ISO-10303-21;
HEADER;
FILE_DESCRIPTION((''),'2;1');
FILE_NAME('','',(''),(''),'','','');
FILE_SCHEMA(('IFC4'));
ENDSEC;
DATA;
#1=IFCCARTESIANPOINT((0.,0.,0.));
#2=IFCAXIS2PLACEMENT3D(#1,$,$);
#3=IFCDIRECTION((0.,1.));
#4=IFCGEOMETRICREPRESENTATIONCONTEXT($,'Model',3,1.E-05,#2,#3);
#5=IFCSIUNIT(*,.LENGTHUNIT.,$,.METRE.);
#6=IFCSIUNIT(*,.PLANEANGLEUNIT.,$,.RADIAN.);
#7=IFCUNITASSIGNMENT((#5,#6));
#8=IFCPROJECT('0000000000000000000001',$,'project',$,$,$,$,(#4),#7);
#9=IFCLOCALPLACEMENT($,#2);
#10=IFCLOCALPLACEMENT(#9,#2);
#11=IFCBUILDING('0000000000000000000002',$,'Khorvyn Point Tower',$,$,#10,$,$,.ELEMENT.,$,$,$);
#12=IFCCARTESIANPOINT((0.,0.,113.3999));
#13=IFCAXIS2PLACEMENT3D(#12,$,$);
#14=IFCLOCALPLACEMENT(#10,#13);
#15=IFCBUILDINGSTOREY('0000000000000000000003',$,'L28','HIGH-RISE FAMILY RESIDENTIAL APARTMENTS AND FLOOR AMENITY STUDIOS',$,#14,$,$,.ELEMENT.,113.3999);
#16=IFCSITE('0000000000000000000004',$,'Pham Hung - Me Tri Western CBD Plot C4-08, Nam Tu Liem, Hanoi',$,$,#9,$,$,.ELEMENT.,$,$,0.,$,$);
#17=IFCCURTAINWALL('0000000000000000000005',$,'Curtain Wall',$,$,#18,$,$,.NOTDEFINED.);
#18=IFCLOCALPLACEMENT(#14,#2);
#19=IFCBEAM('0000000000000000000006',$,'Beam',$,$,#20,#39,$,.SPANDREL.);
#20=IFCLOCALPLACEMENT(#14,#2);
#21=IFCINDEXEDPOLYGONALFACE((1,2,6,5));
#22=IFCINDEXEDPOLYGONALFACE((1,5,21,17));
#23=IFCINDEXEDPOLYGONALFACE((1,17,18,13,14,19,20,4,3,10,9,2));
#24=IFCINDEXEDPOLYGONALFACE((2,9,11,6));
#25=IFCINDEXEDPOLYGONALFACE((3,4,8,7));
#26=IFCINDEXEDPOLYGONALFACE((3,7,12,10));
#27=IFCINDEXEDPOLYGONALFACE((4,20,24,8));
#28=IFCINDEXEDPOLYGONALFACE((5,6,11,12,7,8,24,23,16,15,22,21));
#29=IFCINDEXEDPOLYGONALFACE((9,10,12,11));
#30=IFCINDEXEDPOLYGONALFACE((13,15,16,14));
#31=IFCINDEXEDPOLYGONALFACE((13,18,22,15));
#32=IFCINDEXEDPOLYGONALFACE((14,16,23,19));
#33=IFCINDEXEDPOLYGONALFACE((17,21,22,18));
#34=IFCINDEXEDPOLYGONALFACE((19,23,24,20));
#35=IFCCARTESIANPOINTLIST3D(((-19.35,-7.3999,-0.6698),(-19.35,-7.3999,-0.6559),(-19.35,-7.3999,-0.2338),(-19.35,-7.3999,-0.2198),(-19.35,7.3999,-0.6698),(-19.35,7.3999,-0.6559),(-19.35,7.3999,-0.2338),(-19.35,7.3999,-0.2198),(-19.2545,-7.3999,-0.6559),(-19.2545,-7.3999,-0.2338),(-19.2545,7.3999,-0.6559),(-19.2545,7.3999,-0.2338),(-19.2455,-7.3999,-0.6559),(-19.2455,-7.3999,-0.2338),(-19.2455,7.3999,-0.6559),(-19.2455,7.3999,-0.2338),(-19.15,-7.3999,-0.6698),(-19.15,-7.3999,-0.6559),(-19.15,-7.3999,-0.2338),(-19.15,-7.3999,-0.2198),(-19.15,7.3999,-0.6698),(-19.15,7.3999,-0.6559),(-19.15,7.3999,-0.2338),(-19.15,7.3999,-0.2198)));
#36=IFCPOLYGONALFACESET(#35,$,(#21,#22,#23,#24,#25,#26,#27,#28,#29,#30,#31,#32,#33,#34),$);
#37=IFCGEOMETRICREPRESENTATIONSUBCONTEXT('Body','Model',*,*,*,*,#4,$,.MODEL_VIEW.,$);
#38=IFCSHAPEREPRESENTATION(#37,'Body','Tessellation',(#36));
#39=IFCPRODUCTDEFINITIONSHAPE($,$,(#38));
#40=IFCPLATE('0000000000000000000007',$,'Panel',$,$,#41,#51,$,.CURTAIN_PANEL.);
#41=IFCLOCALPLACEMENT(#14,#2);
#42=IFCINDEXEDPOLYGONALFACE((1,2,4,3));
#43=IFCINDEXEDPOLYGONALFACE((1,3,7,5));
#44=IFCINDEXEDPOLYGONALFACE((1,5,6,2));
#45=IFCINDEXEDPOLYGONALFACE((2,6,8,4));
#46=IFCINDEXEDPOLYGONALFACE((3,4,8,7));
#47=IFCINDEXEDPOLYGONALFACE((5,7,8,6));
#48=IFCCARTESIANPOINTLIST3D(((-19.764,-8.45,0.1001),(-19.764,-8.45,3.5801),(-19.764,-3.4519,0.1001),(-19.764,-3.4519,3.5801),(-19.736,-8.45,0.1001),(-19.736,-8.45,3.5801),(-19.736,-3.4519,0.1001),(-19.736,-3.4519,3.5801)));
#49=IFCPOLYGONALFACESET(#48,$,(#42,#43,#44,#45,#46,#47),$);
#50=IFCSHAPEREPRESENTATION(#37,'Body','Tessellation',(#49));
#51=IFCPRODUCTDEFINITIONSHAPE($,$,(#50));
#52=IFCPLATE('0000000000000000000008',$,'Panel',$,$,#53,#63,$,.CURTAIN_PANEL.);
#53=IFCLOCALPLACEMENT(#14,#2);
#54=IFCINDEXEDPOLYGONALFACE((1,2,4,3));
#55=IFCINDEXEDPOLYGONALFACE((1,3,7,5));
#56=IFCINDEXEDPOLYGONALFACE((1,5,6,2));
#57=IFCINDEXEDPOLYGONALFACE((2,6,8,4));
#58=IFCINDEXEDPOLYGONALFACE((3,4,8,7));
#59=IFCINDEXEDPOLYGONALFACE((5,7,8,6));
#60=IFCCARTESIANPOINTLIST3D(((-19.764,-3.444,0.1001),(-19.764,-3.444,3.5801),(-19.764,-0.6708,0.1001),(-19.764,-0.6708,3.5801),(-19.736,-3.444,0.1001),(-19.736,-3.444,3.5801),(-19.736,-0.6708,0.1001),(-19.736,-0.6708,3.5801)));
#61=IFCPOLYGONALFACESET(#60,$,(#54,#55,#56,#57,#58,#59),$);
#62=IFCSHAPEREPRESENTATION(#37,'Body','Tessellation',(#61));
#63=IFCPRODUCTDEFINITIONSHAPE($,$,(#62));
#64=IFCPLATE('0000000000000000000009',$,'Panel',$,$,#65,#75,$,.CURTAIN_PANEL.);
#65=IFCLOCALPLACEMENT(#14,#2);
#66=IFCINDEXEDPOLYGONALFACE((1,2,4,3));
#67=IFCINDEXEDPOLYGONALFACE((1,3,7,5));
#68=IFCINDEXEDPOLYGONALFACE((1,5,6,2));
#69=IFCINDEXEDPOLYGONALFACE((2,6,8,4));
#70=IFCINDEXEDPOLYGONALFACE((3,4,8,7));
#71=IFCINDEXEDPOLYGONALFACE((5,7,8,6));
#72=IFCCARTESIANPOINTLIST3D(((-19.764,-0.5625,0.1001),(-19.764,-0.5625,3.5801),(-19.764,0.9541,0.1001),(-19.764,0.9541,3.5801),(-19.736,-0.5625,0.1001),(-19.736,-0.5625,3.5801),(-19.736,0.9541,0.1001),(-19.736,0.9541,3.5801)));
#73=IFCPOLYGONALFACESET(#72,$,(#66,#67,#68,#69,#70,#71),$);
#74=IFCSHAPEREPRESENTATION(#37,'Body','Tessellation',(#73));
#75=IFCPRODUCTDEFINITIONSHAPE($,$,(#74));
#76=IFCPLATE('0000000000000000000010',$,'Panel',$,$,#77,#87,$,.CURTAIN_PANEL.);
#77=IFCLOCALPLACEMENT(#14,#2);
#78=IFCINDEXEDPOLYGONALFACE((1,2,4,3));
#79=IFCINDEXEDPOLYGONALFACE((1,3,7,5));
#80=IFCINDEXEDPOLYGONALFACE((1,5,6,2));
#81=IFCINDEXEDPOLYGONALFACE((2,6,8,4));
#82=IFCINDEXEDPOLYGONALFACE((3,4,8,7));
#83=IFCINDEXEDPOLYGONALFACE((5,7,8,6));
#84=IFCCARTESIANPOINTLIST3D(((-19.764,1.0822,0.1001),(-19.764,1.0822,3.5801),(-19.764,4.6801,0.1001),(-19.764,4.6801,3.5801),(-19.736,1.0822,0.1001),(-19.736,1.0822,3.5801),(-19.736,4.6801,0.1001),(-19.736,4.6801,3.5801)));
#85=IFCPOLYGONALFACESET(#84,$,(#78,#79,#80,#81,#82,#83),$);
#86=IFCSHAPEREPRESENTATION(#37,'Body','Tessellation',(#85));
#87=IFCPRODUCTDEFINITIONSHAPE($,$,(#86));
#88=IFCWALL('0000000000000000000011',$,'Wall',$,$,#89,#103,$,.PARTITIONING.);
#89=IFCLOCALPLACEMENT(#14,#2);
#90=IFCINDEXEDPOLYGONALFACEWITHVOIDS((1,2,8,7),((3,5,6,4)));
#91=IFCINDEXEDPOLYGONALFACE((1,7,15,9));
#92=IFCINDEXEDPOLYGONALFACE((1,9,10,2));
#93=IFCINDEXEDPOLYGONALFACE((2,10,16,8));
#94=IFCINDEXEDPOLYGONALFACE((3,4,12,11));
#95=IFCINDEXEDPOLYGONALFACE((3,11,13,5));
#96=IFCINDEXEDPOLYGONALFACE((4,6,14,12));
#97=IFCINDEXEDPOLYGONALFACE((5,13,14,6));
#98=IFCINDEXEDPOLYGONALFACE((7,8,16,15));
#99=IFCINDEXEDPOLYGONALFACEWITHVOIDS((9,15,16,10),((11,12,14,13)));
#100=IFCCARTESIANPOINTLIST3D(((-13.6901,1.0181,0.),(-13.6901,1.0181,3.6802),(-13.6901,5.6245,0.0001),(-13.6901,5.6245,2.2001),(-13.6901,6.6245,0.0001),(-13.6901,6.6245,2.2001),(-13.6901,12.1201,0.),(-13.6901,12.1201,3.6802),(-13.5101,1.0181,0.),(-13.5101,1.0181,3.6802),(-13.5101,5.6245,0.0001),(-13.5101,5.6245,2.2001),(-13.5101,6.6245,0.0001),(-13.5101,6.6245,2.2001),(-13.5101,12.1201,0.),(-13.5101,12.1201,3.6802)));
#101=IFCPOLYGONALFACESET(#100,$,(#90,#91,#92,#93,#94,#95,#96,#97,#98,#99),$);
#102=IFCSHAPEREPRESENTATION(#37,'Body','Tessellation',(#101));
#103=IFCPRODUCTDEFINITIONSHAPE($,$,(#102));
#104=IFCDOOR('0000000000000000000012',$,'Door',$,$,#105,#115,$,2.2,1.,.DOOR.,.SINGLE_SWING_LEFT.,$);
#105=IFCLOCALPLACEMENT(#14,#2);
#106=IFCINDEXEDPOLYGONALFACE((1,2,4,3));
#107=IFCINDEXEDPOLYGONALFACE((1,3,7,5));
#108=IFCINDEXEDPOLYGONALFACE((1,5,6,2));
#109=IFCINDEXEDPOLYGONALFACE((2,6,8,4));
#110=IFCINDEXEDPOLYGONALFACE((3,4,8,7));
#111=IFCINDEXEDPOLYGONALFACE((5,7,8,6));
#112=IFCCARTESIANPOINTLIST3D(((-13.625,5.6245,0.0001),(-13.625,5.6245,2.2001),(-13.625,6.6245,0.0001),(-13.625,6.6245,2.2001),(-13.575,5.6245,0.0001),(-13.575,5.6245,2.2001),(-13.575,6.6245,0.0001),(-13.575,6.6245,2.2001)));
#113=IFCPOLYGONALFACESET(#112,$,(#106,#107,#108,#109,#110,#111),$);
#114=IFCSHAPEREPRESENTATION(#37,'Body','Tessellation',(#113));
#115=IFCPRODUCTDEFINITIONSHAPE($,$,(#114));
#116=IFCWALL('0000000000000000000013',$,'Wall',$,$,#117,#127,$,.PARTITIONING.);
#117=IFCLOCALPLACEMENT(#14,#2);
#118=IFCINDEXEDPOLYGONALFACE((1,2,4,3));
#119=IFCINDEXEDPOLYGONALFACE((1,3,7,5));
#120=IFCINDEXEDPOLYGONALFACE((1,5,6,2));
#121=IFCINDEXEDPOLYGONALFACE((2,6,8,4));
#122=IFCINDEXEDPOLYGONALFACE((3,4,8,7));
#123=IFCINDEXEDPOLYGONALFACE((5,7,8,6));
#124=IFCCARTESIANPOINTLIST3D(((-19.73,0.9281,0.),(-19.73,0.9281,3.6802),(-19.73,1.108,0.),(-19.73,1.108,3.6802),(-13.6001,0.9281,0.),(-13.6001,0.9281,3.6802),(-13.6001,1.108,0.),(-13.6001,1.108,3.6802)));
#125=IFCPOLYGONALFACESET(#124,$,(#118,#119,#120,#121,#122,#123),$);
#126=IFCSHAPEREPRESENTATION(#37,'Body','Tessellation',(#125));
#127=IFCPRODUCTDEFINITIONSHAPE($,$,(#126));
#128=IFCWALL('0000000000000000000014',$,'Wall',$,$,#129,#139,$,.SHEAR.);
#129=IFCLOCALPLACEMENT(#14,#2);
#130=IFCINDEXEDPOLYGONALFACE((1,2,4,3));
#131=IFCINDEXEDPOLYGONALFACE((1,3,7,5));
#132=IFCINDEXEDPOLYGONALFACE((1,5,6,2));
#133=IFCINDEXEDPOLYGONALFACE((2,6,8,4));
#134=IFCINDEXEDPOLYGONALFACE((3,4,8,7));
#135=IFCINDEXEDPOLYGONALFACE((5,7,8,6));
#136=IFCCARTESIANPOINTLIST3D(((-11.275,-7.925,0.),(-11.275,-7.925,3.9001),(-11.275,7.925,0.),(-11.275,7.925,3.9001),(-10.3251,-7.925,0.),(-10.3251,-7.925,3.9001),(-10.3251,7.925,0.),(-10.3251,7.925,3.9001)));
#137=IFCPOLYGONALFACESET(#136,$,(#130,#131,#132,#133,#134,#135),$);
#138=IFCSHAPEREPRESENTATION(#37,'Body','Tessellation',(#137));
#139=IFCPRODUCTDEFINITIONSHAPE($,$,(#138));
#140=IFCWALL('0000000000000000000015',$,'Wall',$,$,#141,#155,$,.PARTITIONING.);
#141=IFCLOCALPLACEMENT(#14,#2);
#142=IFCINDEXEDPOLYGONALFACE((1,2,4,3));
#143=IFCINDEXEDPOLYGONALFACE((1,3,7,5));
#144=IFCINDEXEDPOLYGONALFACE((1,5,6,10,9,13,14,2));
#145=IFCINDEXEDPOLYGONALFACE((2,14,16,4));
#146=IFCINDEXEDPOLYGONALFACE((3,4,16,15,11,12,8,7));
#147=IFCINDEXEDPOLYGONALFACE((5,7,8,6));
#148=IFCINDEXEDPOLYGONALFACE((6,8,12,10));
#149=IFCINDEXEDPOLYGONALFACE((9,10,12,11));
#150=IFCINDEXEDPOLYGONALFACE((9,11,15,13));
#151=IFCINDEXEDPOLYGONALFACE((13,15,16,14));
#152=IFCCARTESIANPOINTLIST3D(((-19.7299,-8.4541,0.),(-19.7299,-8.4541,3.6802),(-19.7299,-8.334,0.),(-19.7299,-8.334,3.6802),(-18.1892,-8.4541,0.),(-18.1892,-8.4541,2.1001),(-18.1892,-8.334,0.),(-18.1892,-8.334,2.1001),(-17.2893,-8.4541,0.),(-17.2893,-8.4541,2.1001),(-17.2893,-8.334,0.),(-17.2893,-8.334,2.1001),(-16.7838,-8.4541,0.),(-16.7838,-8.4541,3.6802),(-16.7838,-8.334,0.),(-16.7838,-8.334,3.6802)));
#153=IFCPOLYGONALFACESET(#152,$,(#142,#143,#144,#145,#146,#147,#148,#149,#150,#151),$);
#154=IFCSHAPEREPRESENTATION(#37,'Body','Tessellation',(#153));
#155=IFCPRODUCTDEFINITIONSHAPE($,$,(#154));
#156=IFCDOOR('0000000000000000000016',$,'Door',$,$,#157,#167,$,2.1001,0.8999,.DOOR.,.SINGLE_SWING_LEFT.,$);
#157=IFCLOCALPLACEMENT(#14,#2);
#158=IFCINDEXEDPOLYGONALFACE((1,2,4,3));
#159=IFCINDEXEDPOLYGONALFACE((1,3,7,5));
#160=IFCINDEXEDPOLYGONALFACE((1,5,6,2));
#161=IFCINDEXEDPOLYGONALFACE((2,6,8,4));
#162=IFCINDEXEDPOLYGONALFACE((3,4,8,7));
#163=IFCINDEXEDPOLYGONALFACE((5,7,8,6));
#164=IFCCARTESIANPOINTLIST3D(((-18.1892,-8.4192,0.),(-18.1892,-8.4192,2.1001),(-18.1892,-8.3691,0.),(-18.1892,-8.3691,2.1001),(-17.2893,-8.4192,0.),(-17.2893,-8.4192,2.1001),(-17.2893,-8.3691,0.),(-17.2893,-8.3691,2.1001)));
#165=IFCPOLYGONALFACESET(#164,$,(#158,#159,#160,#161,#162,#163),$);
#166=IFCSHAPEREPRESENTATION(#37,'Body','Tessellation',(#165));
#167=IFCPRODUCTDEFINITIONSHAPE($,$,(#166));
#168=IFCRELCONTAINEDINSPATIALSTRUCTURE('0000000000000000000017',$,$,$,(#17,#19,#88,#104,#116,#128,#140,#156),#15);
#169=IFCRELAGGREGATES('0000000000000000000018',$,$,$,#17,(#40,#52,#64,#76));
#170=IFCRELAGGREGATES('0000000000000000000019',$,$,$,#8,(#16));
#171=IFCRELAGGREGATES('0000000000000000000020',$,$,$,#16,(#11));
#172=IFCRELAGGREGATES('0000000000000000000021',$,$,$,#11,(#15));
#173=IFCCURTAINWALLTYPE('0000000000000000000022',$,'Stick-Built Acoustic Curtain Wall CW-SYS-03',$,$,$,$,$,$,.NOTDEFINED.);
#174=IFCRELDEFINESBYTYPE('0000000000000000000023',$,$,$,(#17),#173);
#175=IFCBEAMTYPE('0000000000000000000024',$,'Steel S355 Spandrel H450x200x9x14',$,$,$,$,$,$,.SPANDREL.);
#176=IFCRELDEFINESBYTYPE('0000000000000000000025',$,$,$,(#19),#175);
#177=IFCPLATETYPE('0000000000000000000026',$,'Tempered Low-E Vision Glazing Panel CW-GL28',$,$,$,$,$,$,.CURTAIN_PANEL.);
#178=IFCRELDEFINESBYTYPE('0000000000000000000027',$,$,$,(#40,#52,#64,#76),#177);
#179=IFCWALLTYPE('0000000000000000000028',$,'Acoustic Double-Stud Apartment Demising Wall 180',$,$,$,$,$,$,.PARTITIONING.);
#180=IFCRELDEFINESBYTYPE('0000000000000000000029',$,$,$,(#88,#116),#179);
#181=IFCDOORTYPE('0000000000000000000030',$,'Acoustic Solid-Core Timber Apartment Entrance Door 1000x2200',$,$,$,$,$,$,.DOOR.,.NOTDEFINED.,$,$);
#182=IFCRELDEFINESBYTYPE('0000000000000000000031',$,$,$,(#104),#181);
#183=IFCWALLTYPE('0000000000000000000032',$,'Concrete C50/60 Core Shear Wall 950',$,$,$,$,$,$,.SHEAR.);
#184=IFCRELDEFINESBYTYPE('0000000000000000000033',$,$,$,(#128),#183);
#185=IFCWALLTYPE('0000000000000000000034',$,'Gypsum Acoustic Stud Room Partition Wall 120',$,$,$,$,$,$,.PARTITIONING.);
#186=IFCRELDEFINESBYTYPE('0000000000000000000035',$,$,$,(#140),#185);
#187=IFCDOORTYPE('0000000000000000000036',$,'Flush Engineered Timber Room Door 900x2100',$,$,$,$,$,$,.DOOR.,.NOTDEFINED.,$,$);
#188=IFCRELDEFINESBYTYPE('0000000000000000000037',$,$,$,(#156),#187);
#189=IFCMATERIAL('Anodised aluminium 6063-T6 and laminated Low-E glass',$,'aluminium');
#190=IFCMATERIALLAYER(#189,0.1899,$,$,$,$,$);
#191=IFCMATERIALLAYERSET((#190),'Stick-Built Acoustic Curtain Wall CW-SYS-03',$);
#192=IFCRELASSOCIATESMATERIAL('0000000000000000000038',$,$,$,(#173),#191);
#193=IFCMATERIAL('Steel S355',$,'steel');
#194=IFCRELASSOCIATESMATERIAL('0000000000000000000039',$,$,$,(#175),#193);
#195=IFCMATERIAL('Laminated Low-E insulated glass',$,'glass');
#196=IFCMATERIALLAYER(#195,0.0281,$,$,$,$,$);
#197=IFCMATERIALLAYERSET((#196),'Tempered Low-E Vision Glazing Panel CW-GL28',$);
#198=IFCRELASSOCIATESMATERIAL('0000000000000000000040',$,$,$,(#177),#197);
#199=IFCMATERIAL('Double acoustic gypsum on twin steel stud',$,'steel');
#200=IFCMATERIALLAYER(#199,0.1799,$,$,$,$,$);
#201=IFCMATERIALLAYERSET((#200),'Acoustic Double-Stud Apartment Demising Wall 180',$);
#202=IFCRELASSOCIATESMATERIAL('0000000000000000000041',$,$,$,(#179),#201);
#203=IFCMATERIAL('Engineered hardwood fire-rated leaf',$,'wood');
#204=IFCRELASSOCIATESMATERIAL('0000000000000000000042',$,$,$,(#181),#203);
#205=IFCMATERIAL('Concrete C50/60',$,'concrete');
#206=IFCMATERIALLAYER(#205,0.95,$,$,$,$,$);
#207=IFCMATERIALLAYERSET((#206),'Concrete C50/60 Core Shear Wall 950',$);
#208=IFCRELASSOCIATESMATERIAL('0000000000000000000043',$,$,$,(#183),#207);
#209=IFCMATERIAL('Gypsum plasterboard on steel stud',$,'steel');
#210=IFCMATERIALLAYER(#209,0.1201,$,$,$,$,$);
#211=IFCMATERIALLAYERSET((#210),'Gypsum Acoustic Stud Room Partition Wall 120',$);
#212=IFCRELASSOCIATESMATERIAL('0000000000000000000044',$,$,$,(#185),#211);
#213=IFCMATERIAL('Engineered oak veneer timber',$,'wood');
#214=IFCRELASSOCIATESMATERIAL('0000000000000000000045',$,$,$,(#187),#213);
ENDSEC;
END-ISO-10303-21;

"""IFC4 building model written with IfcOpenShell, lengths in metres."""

from ifc_helpers import new_model, si_unit, direction, frame, frame_2d, origin, origin_2d, place, context, subcontext, project, spatial, rectangle, i_section, extrude, material, layer, layer_set, material_profile, profile_set, type_object, element, fill, aggregate, save


model = new_model("IFC4")

# Units and contexts
model_context = context("Model", 3, precision=1e-05, world=origin(), true_north=direction((0.0, 1.0)))
body_context = subcontext(model_context, "Body", "Model", "MODEL_VIEW")
ifc_project = project(units=[si_unit("LENGTHUNIT", "METRE"), si_unit("PLANEANGLEUNIT", "RADIAN")], contexts=[model_context])

# Site, building, storey
site_placement = place(None, origin())
site = spatial("IfcSite", under=ifc_project, at=site_placement, Name="Pham Hung - Me Tri Western CBD Plot C4-08, Nam Tu Liem, Hanoi", CompositionType="ELEMENT", RefElevation=0.0)
building_placement = place(site_placement, origin())
building = spatial("IfcBuilding", under=site, at=building_placement, Name="Khorvyn Point Tower", CompositionType="ELEMENT")
storey_placement = place(building_placement, frame((0.0, 0.0, 113.3999)))
storey = spatial("IfcBuildingStorey", under=building, at=storey_placement, Name="L28", Description="HIGH-RISE FAMILY RESIDENTIAL APARTMENTS AND FLOOR AMENITY STUDIOS", CompositionType="ELEMENT", Elevation=113.3999)

# Shared definitions
ifc_material_1 = material(Name="Concrete C50/60", Category="concrete")

# Curtain wall
ifc_material_2 = material(Name="Anodised aluminium 6063-T6 and laminated Low-E glass", Category="aluminium")
ifc_layer_1 = layer(ifc_material_2, 0.1899)
ifc_layer_set_1 = layer_set([ifc_layer_1], Name="Stick-Built Acoustic Curtain Wall CW-SYS-03")
curtain_wall_type = type_object("IfcCurtainWallType", Name="Stick-Built Acoustic Curtain Wall CW-SYS-03", PredefinedType="NOTDEFINED", material=ifc_layer_set_1)
curtain_wall_placement = place(storey_placement, origin())
curtain_wall = element("IfcCurtainWall", 1, at=curtain_wall_placement, inside=storey, type_object=curtain_wall_type, Name="Curtain Wall", PredefinedType="NOTDEFINED")

# Beam
ifc_material_3 = material(Name="Steel S355", Category="steel")
ifc_material_profile_1 = material_profile(ifc_material_3, i_section(OverallWidth=0.2, OverallDepth=0.45, WebThickness=0.009, FlangeThickness=0.0139, at=origin_2d()))
ifc_profile_set_1 = profile_set([ifc_material_profile_1], Name="Steel S355 H450x200x9x14")
beam_type_1 = type_object("IfcBeamType", Name="Steel S355 Spandrel H450x200x9x14", PredefinedType="SPANDREL", material=ifc_profile_set_1)
beam_1_placement = place(storey_placement, frame((-19.25, -7.3999, -0.4448), z_axis=(0.0, 1.0, 0.0), x_axis=(-1.0, 0.0, 0.0)))
element("IfcBeam", 2, at=beam_1_placement, inside=storey, type_object=beam_type_1, Name="Beam", PredefinedType="SPANDREL", context=body_context, shape_type="SweptSolid", body=[
    extrude(i_section(OverallWidth=0.2, OverallDepth=0.45, WebThickness=0.009, FlangeThickness=0.0139, at=origin_2d()), origin(), (0.0, 0.0, 1.0), 14.7998),
])

# Plates
ifc_material_4 = material(Name="Laminated Low-E insulated glass", Category="glass")
ifc_layer_2 = layer(ifc_material_4, 0.0281)
ifc_layer_set_2 = layer_set([ifc_layer_2], Name="Tempered Low-E Vision Glazing Panel CW-GL28")
plate_type = type_object("IfcPlateType", Name="Tempered Low-E Vision Glazing Panel CW-GL28", PredefinedType="CURTAIN_PANEL", material=ifc_layer_set_2)
plate_1_placement = place(storey_placement, frame((-19.75, -5.9509, 0.1001), z_axis=(0.0, 0.0, 1.0), x_axis=(0.0, 1.0, 0.0)))
plate_1 = element("IfcPlate", 3, at=plate_1_placement, type_object=plate_type, Name="Panel", PredefinedType="CURTAIN_PANEL", context=body_context, shape_type="SweptSolid", body=[
    extrude(rectangle(XDim=4.998, YDim=0.0281, at=origin_2d()), origin(), (0.0, 0.0, 1.0), 3.48),
])
plate_2_placement = place(storey_placement, frame((-19.75, -2.0574, 0.1001), z_axis=(0.0, 0.0, 1.0), x_axis=(0.0, 1.0, 0.0)))
plate_2 = element("IfcPlate", 4, at=plate_2_placement, type_object=plate_type, Name="Panel", PredefinedType="CURTAIN_PANEL", context=body_context, shape_type="SweptSolid", body=[
    extrude(rectangle(XDim=2.7732, YDim=0.0281, at=origin_2d()), origin(), (0.0, 0.0, 1.0), 3.48),
])
plate_3_placement = place(storey_placement, frame((-19.75, 0.1958, 0.1001), z_axis=(0.0, 0.0, 1.0), x_axis=(0.0, 1.0, 0.0)))
plate_3 = element("IfcPlate", 5, at=plate_3_placement, type_object=plate_type, Name="Panel", PredefinedType="CURTAIN_PANEL", context=body_context, shape_type="SweptSolid", body=[
    extrude(rectangle(XDim=1.5166, YDim=0.0281, at=origin_2d()), origin(), (0.0, 0.0, 1.0), 3.48),
])
plate_4_placement = place(storey_placement, frame((-19.75, 2.8811, 0.1001), z_axis=(0.0, 0.0, 1.0), x_axis=(0.0, 1.0, 0.0)))
plate_4 = element("IfcPlate", 6, at=plate_4_placement, type_object=plate_type, Name="Panel", PredefinedType="CURTAIN_PANEL", context=body_context, shape_type="SweptSolid", body=[
    extrude(rectangle(XDim=3.5979, YDim=0.0281, at=origin_2d()), origin(), (0.0, 0.0, 1.0), 3.48),
])
aggregate(curtain_wall, [plate_1, plate_2, plate_3, plate_4])

# Wall, opening, door
ifc_material_5 = material(Name="Double acoustic gypsum on twin steel stud", Category="steel")
ifc_layer_3 = layer(ifc_material_5, 0.1799)
ifc_layer_set_3 = layer_set([ifc_layer_3], Name="Acoustic Double-Stud Apartment Demising Wall 180")
wall_type_1 = type_object("IfcWallType", Name="Acoustic Double-Stud Apartment Demising Wall 180", PredefinedType="PARTITIONING", material=ifc_layer_set_3)
wall_1_placement = place(storey_placement, frame((-13.6001, 1.0181, 0.0), z_axis=(0.0, 0.0, 1.0), x_axis=(0.0, 1.0, 0.0)))
wall_1 = element("IfcWall", 7, at=wall_1_placement, inside=storey, type_object=wall_type_1, Name="Wall", PredefinedType="PARTITIONING", context=body_context, shape_type="SweptSolid", body=[
    extrude(rectangle(XDim=11.1021, YDim=0.1799, at=frame_2d((5.551, 0.0))), origin(), (0.0, 0.0, 1.0), 3.6802),
])
opening_1_placement = place(wall_1_placement, frame((4.6064, 0.0, 0.0)))
opening_1 = element("IfcOpeningElement", 8, at=opening_1_placement, cuts=wall_1, PredefinedType="OPENING", context=body_context, shape_type="SweptSolid", body=[
    extrude(rectangle(XDim=1.0, YDim=2.2, at=frame_2d((0.5, 1.1001))), frame((0.0, 0.0999, 0.0), z_axis=(0.0, -1.0, 0.0), x_axis=(1.0, 0.0, 0.0)), (0.0, 0.0, 1.0), 0.2),
])
ifc_material_6 = material(Name="Engineered hardwood fire-rated leaf", Category="wood")
door_type_1 = type_object("IfcDoorType", Name="Acoustic Solid-Core Timber Apartment Entrance Door 1000x2200", OperationType="NOTDEFINED", PredefinedType="DOOR", material=ifc_material_6)
door_1_placement = place(opening_1_placement, origin())
door_1 = element("IfcDoor", 9, at=door_1_placement, inside=storey, type_object=door_type_1, Name="Door", OperationType="SINGLE_SWING_LEFT", OverallHeight=2.2, OverallWidth=1.0, PredefinedType="DOOR", context=body_context, shape_type="SweptSolid", body=[
    extrude(rectangle(XDim=1.0, YDim=2.2, at=frame_2d((0.5, 1.1001))), frame((0.0, 0.0249, 0.0), z_axis=(0.0, -1.0, 0.0), x_axis=(1.0, 0.0, 0.0)), (0.0, 0.0, 1.0), 0.05),
])
fill(opening_1, door_1)

# Walls
wall_2_placement = place(storey_placement, frame((-19.73, 1.0181, 0.0), z_axis=(0.0, 0.0, 1.0), x_axis=(1.0, 0.0, 0.0)))
element("IfcWall", 10, at=wall_2_placement, inside=storey, type_object=wall_type_1, Name="Wall", PredefinedType="PARTITIONING", context=body_context, shape_type="SweptSolid", body=[
    extrude(rectangle(XDim=6.1299, YDim=0.1799, at=frame_2d((3.0649, 0.0))), origin(), (0.0, 0.0, 1.0), 3.6802),
])
ifc_layer_4 = layer(ifc_material_1, 0.95)
ifc_layer_set_4 = layer_set([ifc_layer_4], Name="Concrete C50/60 Core Shear Wall 950")
wall_type_2 = type_object("IfcWallType", Name="Concrete C50/60 Core Shear Wall 950", PredefinedType="SHEAR", material=ifc_layer_set_4)
wall_3_placement = place(storey_placement, frame((-10.8, -7.925, 0.0), z_axis=(0.0, 0.0, 1.0), x_axis=(0.0, 1.0, 0.0)))
element("IfcWall", 11, at=wall_3_placement, inside=storey, type_object=wall_type_2, Name="Wall", PredefinedType="SHEAR", context=body_context, shape_type="SweptSolid", body=[
    extrude(rectangle(XDim=15.8501, YDim=0.95, at=frame_2d((7.925, 0.0))), origin(), (0.0, 0.0, 1.0), 3.9001),
])

# Wall, opening, door
ifc_material_7 = material(Name="Gypsum plasterboard on steel stud", Category="steel")
ifc_layer_5 = layer(ifc_material_7, 0.1201)
ifc_layer_set_5 = layer_set([ifc_layer_5], Name="Gypsum Acoustic Stud Room Partition Wall 120")
wall_type_3 = type_object("IfcWallType", Name="Gypsum Acoustic Stud Room Partition Wall 120", PredefinedType="PARTITIONING", material=ifc_layer_set_5)
wall_4_placement = place(storey_placement, frame((-19.73, -8.394, 0.0), z_axis=(0.0, 0.0, 1.0), x_axis=(1.0, 0.0, 0.0)))
wall_4 = element("IfcWall", 12, at=wall_4_placement, inside=storey, type_object=wall_type_3, Name="Wall", PredefinedType="PARTITIONING", context=body_context, shape_type="SweptSolid", body=[
    extrude(rectangle(XDim=2.946, YDim=0.1201, at=frame_2d((1.4731, 0.0))), origin(), (0.0, 0.0, 1.0), 3.6802),
])
opening_2_placement = place(wall_4_placement, frame((1.5408, 0.0, 0.0)))
opening_2 = element("IfcOpeningElement", 13, at=opening_2_placement, cuts=wall_4, PredefinedType="OPENING", context=body_context, shape_type="SweptSolid", body=[
    extrude(rectangle(XDim=0.8999, YDim=2.1001, at=frame_2d((0.45, 1.05))), frame((0.0, 0.0701, 0.0), z_axis=(0.0, -1.0, 0.0), x_axis=(1.0, 0.0, 0.0)), (0.0, 0.0, 1.0), 0.1401),
])
ifc_material_8 = material(Name="Engineered oak veneer timber", Category="wood")
door_type_2 = type_object("IfcDoorType", Name="Flush Engineered Timber Room Door 900x2100", OperationType="NOTDEFINED", PredefinedType="DOOR", material=ifc_material_8)
door_2_placement = place(opening_2_placement, origin())
door_2 = element("IfcDoor", 14, at=door_2_placement, inside=storey, type_object=door_type_2, Name="Door", OperationType="SINGLE_SWING_LEFT", OverallHeight=2.1001, OverallWidth=0.8999, PredefinedType="DOOR", context=body_context, shape_type="SweptSolid", body=[
    extrude(rectangle(XDim=0.8999, YDim=2.1001, at=frame_2d((0.45, 1.05))), frame((0.0, 0.0249, 0.0), z_axis=(0.0, -1.0, 0.0), x_axis=(1.0, 0.0, 0.0)), (0.0, 0.0, 1.0), 0.05),
])
fill(opening_2, door_2)

save(model, "model.ifc")
